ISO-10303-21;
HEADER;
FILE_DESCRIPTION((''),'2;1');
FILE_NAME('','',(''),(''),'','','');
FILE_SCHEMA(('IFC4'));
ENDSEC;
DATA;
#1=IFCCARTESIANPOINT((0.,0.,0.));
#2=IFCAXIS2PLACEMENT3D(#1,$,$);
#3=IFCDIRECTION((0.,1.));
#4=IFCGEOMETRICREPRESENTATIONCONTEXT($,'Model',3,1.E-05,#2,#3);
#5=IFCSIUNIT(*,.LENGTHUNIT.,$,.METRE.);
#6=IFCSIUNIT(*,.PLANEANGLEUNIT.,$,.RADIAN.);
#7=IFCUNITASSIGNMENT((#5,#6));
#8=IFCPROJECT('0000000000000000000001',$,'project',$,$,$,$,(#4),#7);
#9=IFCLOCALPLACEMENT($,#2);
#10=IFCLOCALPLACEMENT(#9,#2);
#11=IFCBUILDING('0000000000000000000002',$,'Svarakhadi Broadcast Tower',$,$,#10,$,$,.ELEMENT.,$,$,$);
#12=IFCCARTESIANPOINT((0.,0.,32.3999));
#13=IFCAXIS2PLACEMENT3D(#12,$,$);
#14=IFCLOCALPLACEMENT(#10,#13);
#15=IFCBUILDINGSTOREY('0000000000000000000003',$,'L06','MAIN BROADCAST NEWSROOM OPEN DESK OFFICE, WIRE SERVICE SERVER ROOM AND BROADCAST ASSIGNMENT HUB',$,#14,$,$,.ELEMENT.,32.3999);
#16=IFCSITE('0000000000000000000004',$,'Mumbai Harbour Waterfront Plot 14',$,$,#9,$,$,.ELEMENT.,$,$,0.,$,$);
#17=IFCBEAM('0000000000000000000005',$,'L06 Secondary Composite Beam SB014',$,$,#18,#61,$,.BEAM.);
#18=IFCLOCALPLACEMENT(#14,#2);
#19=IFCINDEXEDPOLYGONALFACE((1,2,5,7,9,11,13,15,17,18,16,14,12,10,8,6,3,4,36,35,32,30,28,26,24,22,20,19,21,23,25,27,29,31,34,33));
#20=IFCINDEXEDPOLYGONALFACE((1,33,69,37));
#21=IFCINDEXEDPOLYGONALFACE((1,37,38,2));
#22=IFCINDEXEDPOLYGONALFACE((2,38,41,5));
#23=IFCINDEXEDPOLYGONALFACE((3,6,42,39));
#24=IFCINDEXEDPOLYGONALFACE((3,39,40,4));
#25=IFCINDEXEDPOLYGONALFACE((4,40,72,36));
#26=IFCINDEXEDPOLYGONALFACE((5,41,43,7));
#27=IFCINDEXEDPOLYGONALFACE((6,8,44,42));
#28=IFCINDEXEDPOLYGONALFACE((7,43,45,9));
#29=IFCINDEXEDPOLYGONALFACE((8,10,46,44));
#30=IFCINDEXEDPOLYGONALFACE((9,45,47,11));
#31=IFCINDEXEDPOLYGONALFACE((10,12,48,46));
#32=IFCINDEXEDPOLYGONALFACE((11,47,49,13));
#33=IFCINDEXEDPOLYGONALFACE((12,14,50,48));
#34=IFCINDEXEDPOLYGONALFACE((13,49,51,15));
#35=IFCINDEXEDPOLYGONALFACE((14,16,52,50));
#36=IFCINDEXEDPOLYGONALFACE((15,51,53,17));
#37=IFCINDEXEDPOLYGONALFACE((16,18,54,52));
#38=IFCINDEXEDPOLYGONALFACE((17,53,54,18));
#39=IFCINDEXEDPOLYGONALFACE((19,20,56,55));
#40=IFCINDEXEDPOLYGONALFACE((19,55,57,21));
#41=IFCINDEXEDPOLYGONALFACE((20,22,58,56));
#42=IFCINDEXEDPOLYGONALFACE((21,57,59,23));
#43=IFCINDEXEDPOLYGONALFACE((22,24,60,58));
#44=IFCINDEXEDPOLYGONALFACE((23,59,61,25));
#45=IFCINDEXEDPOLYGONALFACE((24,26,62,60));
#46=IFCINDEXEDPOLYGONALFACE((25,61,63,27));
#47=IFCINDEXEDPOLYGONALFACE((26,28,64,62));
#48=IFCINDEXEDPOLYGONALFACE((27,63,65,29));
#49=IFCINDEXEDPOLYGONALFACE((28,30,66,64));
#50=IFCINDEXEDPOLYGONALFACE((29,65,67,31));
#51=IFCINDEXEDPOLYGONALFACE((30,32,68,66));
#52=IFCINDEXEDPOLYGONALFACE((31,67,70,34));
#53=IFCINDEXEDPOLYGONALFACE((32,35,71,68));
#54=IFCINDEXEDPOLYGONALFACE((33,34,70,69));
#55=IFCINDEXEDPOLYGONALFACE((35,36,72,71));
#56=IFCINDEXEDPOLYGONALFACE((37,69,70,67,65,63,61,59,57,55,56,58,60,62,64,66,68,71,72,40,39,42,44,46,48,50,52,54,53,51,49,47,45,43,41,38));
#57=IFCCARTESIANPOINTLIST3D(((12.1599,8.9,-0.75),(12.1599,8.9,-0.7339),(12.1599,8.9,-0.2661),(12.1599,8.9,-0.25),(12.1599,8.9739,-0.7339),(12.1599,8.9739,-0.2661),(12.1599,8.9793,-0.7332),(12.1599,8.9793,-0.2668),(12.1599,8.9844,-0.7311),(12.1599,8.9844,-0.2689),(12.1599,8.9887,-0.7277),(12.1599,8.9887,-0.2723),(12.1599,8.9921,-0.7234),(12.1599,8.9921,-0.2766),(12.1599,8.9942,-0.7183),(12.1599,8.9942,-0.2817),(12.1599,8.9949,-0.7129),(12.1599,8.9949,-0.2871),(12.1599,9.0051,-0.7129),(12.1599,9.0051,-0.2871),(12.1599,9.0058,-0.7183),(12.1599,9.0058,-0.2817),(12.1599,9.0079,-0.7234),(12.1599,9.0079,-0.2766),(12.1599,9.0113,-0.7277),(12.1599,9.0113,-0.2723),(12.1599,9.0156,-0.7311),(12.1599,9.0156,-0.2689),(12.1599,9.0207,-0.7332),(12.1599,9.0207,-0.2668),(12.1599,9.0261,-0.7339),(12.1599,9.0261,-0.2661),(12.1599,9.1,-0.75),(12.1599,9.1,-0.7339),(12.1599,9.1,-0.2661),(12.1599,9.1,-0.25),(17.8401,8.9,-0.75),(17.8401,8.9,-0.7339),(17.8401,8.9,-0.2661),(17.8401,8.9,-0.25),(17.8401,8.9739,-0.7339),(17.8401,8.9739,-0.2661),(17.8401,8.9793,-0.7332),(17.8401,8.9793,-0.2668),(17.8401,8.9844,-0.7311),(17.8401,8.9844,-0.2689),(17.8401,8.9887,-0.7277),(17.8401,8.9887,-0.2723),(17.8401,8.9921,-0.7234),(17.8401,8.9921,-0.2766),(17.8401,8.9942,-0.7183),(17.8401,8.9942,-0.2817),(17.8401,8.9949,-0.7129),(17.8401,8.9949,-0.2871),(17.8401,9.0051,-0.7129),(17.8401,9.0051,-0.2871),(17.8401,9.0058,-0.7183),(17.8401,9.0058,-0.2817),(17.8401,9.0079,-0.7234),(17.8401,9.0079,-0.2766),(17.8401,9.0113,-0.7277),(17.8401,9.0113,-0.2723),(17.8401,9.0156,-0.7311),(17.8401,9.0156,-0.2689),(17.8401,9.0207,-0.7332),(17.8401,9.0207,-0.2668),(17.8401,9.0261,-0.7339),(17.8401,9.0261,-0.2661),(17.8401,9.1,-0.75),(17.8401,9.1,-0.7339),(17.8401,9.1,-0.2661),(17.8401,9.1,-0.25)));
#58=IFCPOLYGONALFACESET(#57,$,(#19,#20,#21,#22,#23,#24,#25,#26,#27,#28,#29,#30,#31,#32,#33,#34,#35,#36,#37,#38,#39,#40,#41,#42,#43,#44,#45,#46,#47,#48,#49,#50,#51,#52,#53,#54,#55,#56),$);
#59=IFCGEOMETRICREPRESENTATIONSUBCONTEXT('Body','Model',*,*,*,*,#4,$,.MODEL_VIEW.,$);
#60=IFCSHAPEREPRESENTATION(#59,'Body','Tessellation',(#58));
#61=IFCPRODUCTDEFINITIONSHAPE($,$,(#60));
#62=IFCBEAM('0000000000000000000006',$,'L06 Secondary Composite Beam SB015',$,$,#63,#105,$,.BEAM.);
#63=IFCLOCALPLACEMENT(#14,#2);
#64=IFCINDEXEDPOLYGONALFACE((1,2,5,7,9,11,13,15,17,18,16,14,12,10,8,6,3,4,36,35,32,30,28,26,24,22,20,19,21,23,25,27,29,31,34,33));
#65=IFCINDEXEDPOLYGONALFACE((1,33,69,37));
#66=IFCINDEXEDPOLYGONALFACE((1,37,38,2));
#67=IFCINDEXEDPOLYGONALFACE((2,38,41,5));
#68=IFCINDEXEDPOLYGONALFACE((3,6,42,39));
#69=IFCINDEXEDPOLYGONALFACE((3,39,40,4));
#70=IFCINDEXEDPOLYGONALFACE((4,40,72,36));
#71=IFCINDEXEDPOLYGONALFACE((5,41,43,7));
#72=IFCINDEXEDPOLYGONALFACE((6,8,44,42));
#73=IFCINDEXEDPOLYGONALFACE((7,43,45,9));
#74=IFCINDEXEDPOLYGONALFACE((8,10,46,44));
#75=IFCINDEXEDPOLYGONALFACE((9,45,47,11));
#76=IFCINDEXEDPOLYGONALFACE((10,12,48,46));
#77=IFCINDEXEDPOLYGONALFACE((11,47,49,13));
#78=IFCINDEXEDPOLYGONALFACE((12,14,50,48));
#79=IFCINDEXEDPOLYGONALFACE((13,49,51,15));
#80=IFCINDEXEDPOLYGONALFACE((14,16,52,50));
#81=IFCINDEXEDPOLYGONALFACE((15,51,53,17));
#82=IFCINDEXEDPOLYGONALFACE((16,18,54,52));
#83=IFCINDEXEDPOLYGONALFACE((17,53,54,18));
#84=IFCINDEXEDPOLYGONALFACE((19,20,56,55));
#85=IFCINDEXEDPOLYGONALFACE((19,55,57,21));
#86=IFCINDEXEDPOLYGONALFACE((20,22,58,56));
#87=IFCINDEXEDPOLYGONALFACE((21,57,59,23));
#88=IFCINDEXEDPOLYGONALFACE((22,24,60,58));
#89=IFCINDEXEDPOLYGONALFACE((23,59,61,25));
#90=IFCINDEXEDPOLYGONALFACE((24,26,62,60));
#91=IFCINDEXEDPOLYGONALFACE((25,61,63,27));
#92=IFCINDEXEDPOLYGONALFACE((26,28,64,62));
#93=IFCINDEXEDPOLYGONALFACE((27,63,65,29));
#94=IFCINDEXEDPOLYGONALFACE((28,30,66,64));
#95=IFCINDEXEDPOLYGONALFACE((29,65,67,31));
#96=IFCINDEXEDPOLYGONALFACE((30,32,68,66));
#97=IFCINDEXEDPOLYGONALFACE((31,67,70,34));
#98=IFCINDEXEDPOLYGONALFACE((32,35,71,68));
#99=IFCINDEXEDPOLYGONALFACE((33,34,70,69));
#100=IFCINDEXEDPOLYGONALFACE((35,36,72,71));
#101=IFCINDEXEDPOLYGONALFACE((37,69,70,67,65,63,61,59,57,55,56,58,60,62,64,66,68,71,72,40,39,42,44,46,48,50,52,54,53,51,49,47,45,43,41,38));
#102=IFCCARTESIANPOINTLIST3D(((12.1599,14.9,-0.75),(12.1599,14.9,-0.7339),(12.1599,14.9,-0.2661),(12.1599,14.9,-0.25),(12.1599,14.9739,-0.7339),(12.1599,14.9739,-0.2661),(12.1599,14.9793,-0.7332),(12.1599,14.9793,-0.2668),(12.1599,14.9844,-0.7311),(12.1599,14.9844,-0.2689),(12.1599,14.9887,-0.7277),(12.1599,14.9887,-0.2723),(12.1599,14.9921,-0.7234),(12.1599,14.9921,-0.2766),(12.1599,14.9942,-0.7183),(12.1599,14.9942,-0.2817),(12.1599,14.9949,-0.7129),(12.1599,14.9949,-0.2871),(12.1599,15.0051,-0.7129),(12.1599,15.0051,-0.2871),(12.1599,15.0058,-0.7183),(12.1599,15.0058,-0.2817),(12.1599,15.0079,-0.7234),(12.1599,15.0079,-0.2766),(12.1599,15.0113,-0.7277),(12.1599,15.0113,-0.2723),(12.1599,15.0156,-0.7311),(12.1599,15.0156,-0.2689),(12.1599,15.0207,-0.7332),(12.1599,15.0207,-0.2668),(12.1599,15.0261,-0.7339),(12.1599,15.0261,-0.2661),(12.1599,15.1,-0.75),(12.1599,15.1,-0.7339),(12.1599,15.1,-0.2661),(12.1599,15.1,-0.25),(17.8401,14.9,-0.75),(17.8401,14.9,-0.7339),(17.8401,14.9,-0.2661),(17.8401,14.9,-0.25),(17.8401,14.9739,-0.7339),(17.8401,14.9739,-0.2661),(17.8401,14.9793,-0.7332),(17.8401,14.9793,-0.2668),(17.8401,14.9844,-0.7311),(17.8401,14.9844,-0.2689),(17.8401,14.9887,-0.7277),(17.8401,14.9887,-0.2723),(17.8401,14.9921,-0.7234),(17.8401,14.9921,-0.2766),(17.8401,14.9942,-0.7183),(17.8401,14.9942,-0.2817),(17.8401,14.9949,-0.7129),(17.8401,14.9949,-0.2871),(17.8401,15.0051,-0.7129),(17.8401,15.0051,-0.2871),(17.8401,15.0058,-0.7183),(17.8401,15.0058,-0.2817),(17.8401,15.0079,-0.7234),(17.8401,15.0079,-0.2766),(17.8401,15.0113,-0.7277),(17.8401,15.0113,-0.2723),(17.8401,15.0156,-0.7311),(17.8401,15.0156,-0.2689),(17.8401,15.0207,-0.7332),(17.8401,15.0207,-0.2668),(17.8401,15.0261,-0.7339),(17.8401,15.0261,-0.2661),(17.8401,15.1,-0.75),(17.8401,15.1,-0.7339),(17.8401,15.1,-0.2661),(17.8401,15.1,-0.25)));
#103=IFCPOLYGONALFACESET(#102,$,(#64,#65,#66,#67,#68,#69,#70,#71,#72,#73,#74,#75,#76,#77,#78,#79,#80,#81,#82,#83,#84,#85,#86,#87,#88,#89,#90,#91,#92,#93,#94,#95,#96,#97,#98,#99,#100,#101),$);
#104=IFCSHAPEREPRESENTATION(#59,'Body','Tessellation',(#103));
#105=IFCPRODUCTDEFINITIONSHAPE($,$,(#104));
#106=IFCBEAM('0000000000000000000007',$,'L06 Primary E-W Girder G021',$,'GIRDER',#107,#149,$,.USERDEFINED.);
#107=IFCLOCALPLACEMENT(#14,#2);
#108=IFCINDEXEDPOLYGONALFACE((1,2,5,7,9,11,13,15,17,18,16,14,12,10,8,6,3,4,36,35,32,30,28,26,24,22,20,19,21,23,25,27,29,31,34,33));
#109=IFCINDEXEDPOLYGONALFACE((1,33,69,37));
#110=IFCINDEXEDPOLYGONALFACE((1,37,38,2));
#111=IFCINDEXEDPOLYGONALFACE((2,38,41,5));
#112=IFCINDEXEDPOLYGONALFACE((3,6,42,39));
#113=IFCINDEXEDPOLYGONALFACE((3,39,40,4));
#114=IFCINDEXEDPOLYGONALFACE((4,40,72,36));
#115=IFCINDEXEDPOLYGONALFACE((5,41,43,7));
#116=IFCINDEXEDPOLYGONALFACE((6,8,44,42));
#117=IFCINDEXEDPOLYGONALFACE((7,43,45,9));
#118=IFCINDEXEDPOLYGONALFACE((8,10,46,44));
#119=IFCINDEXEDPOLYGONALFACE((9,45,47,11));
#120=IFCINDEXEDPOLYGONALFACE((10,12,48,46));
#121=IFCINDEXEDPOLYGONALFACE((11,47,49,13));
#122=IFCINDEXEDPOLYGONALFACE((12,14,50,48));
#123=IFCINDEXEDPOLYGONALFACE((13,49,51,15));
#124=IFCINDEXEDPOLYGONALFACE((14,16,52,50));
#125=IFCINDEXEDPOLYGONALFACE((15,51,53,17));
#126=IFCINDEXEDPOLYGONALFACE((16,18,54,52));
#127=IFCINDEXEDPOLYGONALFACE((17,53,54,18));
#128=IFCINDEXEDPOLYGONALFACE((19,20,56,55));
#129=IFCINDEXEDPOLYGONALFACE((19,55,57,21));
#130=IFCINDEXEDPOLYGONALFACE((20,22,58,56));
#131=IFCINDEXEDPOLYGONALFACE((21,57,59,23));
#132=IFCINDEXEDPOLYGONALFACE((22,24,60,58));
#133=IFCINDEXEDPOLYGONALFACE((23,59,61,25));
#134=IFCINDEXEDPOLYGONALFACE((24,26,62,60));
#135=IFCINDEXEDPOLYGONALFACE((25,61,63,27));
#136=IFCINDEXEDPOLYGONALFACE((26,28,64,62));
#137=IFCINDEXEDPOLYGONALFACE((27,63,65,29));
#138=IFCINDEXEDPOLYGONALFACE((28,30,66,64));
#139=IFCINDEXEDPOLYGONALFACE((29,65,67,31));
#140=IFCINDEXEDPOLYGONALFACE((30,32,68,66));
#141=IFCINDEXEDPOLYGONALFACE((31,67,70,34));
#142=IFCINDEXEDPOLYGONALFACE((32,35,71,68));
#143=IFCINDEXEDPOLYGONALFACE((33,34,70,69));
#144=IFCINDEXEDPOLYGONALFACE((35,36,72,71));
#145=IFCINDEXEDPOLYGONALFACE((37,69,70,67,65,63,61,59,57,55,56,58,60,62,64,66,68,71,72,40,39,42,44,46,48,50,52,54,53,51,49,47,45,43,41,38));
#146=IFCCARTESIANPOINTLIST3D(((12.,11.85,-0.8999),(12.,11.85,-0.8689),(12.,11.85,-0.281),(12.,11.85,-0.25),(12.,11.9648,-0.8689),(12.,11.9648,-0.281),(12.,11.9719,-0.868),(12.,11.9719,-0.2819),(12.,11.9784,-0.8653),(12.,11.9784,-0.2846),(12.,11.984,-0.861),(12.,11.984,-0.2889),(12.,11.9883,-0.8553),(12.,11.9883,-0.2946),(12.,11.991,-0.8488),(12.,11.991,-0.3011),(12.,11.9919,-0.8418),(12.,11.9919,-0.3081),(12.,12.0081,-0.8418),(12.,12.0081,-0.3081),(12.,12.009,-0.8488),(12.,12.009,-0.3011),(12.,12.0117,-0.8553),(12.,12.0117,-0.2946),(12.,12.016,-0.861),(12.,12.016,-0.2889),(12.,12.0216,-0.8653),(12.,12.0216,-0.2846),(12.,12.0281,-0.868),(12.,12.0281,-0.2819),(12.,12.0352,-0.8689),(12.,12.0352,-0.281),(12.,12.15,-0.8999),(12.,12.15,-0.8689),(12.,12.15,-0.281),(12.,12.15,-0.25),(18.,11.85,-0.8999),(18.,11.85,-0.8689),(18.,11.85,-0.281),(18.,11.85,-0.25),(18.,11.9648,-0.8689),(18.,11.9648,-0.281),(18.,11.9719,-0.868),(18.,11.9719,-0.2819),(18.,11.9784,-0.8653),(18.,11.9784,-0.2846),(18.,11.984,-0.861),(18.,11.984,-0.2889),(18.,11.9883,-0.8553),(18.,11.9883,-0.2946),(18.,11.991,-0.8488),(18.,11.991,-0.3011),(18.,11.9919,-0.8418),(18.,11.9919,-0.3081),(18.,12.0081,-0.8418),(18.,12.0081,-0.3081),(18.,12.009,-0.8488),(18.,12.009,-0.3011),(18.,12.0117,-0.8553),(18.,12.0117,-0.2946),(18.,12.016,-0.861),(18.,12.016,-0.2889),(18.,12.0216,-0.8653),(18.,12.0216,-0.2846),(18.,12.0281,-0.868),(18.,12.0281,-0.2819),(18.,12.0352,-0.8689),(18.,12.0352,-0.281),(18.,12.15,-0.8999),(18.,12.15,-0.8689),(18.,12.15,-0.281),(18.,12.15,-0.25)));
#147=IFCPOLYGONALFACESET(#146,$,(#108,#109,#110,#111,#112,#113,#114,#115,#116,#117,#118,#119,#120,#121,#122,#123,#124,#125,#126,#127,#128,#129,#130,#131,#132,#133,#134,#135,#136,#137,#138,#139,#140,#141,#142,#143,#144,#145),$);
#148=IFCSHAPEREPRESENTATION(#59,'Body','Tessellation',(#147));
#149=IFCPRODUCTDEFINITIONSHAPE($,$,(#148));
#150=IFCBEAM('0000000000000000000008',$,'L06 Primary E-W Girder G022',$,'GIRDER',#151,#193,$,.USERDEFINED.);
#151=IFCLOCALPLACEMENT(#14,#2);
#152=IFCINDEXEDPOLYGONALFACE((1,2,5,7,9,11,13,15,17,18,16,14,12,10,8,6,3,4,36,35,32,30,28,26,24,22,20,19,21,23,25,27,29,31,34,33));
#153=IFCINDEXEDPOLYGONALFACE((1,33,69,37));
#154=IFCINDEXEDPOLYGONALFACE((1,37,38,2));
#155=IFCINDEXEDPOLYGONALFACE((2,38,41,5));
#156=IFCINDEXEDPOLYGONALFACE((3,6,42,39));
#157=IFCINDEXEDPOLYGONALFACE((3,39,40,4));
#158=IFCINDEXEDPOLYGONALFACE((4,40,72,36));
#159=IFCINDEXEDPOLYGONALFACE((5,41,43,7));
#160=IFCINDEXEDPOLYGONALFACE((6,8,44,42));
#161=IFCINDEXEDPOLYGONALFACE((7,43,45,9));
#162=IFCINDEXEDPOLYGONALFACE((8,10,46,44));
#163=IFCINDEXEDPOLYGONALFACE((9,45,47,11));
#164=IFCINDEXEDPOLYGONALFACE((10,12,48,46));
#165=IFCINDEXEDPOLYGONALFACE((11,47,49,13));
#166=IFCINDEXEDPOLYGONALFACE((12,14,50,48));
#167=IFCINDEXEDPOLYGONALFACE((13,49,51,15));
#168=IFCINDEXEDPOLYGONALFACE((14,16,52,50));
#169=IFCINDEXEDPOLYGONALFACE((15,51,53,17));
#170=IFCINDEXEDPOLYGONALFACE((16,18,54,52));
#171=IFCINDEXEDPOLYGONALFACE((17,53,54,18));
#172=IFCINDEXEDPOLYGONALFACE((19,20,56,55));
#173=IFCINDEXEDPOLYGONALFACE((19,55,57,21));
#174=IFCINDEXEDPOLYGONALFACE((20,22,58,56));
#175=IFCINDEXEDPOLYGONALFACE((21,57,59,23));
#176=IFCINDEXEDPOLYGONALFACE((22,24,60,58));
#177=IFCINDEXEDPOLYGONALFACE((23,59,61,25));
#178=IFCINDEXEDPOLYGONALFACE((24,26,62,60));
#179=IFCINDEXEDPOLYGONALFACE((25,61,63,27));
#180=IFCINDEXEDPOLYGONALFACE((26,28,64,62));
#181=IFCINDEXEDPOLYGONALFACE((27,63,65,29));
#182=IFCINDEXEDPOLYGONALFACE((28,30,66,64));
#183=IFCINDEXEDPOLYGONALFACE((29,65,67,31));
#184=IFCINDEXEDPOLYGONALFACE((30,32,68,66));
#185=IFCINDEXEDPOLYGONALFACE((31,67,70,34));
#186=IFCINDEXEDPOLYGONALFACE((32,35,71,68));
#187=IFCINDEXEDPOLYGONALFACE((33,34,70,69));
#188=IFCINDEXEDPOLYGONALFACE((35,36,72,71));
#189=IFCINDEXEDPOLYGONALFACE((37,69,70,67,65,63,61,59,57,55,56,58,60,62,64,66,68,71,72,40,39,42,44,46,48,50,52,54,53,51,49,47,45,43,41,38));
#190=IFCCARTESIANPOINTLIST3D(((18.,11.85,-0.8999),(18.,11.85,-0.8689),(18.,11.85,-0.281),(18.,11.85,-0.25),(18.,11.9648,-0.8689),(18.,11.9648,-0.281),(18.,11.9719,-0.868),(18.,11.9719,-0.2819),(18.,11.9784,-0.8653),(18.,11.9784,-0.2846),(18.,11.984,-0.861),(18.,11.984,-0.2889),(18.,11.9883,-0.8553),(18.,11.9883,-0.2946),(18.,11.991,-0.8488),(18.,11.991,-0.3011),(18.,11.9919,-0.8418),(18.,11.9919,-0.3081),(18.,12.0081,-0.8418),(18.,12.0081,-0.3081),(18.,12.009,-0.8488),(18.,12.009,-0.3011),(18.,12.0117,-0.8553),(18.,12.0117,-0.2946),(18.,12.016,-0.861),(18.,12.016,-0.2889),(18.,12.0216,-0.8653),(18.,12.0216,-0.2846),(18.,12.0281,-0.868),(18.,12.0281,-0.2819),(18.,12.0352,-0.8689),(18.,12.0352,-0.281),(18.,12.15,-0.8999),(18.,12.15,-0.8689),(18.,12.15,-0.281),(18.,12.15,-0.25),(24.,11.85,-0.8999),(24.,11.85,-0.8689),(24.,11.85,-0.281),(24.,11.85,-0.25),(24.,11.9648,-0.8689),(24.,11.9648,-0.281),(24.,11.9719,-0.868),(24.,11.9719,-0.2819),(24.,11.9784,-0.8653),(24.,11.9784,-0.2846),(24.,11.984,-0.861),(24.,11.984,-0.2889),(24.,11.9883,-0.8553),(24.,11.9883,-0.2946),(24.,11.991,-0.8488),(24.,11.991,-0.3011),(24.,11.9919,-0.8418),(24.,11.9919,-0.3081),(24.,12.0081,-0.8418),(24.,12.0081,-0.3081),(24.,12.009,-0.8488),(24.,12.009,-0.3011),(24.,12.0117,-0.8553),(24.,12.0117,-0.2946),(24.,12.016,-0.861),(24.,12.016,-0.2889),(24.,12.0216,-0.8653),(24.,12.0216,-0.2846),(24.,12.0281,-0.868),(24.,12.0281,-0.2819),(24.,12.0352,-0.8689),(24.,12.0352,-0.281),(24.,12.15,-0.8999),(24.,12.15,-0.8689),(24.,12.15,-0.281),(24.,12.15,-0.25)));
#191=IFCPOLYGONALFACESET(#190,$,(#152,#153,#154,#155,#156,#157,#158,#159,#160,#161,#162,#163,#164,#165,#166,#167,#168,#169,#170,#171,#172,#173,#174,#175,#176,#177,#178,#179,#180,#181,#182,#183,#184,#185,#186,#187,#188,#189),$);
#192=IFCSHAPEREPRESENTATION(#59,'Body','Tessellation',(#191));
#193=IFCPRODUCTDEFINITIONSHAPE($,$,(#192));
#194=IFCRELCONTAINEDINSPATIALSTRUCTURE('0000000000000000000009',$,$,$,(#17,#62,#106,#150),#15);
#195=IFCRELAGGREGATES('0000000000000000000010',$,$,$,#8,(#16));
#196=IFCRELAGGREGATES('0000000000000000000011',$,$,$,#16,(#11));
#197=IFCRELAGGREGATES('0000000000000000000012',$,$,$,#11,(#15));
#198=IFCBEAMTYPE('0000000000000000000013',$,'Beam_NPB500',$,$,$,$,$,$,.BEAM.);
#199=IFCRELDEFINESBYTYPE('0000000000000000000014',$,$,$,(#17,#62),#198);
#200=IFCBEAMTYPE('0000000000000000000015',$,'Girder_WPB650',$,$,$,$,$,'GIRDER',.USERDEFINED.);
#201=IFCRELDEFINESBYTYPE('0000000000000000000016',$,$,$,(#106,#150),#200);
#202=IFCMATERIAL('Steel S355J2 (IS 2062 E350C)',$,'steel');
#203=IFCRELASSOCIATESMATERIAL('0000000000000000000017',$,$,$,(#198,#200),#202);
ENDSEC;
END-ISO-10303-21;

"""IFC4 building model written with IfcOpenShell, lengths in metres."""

from ifc_helpers import new_model, si_unit, direction, frame, origin, origin_2d, place, context, subcontext, project, spatial, i_section, extrude, material, material_profile, profile_set, type_object, element, save


model = new_model("IFC4")

# Units and contexts
model_context = context("Model", 3, precision=1e-05, world=origin(), true_north=direction((0.0, 1.0)))
body_context = subcontext(model_context, "Body", "Model", "MODEL_VIEW")
ifc_project = project(units=[si_unit("LENGTHUNIT", "METRE"), si_unit("PLANEANGLEUNIT", "RADIAN")], contexts=[model_context])

# Site, building, storey
site_placement = place(None, origin())
site = spatial("IfcSite", under=ifc_project, at=site_placement, Name="Mumbai Harbour Waterfront Plot 14", CompositionType="ELEMENT", RefElevation=0.0)
building_placement = place(site_placement, origin())
building = spatial("IfcBuilding", under=site, at=building_placement, Name="Svarakhadi Broadcast Tower", CompositionType="ELEMENT")
storey_placement = place(building_placement, frame((0.0, 0.0, 32.3999)))
storey = spatial("IfcBuildingStorey", under=building, at=storey_placement, Name="L06", Description="MAIN BROADCAST NEWSROOM OPEN DESK OFFICE, WIRE SERVICE SERVER ROOM AND BROADCAST ASSIGNMENT HUB", CompositionType="ELEMENT", Elevation=32.3999)

# Beams
ifc_material_1 = material(Name="Steel S355J2 (IS 2062 E350C)", Category="steel")
ifc_material_profile_1 = material_profile(ifc_material_1, i_section(OverallWidth=0.2, OverallDepth=0.5, WebThickness=0.0103, FlangeThickness=0.0161, FilletRadius=0.021, at=origin_2d()), Name="NPB 500x200x91")
ifc_profile_set_1 = profile_set([ifc_material_profile_1], Name="Steel S355J2 (IS 2062 E350C)")
beam_type_1 = type_object("IfcBeamType", Name="Beam_NPB500", PredefinedType="BEAM", material=ifc_profile_set_1)
for number, where, z_axis, x_axis, name in (
    (1, (12.1599, 9.0, -0.5), (1.0, 0.0, 0.0), (0.0, 1.0, 0.0), "L06 Secondary Composite Beam SB014"),
    (2, (12.1599, 15.0, -0.5), (1.0, 0.0, 0.0), (0.0, 1.0, 0.0), "L06 Secondary Composite Beam SB015"),
):
    element("IfcBeam", number, at=place(storey_placement, frame(where, z_axis=z_axis, x_axis=x_axis)), inside=storey, type_object=beam_type_1, Name=name, PredefinedType="BEAM", context=body_context, shape_type="SweptSolid", body=[
        extrude(i_section(OverallWidth=0.2, OverallDepth=0.5, WebThickness=0.0103, FlangeThickness=0.0161, FilletRadius=0.021, at=origin_2d()), origin(), (0.0, 0.0, 1.0), 5.6802),
    ])
ifc_material_profile_2 = material_profile(ifc_material_1, i_section(OverallWidth=0.3, OverallDepth=0.6499, WebThickness=0.0161, FlangeThickness=0.031, FilletRadius=0.0271, at=origin_2d()), Name="WPB 650x300x225")
ifc_profile_set_2 = profile_set([ifc_material_profile_2], Name="Steel S355J2 (IS 2062 E350C)")
beam_type_2 = type_object("IfcBeamType", Name="Girder_WPB650", ElementType="GIRDER", PredefinedType="USERDEFINED", material=ifc_profile_set_2)
for number, where, z_axis, x_axis, name in (
    (3, (12.0, 12.0, -0.575), (1.0, 0.0, 0.0), (0.0, 1.0, 0.0), "L06 Primary E-W Girder G021"),
    (4, (18.0, 12.0, -0.575), (1.0, 0.0, 0.0), (0.0, 1.0, 0.0), "L06 Primary E-W Girder G022"),
):
    element("IfcBeam", number, at=place(storey_placement, frame(where, z_axis=z_axis, x_axis=x_axis)), inside=storey, type_object=beam_type_2, Name=name, ObjectType="GIRDER", PredefinedType="USERDEFINED", context=body_context, shape_type="SweptSolid", body=[
        extrude(i_section(OverallWidth=0.3, OverallDepth=0.6499, WebThickness=0.0161, FlangeThickness=0.031, FilletRadius=0.0271, at=origin_2d()), origin(), (0.0, 0.0, 1.0), 6.0),
    ])

save(model, "model.ifc")
